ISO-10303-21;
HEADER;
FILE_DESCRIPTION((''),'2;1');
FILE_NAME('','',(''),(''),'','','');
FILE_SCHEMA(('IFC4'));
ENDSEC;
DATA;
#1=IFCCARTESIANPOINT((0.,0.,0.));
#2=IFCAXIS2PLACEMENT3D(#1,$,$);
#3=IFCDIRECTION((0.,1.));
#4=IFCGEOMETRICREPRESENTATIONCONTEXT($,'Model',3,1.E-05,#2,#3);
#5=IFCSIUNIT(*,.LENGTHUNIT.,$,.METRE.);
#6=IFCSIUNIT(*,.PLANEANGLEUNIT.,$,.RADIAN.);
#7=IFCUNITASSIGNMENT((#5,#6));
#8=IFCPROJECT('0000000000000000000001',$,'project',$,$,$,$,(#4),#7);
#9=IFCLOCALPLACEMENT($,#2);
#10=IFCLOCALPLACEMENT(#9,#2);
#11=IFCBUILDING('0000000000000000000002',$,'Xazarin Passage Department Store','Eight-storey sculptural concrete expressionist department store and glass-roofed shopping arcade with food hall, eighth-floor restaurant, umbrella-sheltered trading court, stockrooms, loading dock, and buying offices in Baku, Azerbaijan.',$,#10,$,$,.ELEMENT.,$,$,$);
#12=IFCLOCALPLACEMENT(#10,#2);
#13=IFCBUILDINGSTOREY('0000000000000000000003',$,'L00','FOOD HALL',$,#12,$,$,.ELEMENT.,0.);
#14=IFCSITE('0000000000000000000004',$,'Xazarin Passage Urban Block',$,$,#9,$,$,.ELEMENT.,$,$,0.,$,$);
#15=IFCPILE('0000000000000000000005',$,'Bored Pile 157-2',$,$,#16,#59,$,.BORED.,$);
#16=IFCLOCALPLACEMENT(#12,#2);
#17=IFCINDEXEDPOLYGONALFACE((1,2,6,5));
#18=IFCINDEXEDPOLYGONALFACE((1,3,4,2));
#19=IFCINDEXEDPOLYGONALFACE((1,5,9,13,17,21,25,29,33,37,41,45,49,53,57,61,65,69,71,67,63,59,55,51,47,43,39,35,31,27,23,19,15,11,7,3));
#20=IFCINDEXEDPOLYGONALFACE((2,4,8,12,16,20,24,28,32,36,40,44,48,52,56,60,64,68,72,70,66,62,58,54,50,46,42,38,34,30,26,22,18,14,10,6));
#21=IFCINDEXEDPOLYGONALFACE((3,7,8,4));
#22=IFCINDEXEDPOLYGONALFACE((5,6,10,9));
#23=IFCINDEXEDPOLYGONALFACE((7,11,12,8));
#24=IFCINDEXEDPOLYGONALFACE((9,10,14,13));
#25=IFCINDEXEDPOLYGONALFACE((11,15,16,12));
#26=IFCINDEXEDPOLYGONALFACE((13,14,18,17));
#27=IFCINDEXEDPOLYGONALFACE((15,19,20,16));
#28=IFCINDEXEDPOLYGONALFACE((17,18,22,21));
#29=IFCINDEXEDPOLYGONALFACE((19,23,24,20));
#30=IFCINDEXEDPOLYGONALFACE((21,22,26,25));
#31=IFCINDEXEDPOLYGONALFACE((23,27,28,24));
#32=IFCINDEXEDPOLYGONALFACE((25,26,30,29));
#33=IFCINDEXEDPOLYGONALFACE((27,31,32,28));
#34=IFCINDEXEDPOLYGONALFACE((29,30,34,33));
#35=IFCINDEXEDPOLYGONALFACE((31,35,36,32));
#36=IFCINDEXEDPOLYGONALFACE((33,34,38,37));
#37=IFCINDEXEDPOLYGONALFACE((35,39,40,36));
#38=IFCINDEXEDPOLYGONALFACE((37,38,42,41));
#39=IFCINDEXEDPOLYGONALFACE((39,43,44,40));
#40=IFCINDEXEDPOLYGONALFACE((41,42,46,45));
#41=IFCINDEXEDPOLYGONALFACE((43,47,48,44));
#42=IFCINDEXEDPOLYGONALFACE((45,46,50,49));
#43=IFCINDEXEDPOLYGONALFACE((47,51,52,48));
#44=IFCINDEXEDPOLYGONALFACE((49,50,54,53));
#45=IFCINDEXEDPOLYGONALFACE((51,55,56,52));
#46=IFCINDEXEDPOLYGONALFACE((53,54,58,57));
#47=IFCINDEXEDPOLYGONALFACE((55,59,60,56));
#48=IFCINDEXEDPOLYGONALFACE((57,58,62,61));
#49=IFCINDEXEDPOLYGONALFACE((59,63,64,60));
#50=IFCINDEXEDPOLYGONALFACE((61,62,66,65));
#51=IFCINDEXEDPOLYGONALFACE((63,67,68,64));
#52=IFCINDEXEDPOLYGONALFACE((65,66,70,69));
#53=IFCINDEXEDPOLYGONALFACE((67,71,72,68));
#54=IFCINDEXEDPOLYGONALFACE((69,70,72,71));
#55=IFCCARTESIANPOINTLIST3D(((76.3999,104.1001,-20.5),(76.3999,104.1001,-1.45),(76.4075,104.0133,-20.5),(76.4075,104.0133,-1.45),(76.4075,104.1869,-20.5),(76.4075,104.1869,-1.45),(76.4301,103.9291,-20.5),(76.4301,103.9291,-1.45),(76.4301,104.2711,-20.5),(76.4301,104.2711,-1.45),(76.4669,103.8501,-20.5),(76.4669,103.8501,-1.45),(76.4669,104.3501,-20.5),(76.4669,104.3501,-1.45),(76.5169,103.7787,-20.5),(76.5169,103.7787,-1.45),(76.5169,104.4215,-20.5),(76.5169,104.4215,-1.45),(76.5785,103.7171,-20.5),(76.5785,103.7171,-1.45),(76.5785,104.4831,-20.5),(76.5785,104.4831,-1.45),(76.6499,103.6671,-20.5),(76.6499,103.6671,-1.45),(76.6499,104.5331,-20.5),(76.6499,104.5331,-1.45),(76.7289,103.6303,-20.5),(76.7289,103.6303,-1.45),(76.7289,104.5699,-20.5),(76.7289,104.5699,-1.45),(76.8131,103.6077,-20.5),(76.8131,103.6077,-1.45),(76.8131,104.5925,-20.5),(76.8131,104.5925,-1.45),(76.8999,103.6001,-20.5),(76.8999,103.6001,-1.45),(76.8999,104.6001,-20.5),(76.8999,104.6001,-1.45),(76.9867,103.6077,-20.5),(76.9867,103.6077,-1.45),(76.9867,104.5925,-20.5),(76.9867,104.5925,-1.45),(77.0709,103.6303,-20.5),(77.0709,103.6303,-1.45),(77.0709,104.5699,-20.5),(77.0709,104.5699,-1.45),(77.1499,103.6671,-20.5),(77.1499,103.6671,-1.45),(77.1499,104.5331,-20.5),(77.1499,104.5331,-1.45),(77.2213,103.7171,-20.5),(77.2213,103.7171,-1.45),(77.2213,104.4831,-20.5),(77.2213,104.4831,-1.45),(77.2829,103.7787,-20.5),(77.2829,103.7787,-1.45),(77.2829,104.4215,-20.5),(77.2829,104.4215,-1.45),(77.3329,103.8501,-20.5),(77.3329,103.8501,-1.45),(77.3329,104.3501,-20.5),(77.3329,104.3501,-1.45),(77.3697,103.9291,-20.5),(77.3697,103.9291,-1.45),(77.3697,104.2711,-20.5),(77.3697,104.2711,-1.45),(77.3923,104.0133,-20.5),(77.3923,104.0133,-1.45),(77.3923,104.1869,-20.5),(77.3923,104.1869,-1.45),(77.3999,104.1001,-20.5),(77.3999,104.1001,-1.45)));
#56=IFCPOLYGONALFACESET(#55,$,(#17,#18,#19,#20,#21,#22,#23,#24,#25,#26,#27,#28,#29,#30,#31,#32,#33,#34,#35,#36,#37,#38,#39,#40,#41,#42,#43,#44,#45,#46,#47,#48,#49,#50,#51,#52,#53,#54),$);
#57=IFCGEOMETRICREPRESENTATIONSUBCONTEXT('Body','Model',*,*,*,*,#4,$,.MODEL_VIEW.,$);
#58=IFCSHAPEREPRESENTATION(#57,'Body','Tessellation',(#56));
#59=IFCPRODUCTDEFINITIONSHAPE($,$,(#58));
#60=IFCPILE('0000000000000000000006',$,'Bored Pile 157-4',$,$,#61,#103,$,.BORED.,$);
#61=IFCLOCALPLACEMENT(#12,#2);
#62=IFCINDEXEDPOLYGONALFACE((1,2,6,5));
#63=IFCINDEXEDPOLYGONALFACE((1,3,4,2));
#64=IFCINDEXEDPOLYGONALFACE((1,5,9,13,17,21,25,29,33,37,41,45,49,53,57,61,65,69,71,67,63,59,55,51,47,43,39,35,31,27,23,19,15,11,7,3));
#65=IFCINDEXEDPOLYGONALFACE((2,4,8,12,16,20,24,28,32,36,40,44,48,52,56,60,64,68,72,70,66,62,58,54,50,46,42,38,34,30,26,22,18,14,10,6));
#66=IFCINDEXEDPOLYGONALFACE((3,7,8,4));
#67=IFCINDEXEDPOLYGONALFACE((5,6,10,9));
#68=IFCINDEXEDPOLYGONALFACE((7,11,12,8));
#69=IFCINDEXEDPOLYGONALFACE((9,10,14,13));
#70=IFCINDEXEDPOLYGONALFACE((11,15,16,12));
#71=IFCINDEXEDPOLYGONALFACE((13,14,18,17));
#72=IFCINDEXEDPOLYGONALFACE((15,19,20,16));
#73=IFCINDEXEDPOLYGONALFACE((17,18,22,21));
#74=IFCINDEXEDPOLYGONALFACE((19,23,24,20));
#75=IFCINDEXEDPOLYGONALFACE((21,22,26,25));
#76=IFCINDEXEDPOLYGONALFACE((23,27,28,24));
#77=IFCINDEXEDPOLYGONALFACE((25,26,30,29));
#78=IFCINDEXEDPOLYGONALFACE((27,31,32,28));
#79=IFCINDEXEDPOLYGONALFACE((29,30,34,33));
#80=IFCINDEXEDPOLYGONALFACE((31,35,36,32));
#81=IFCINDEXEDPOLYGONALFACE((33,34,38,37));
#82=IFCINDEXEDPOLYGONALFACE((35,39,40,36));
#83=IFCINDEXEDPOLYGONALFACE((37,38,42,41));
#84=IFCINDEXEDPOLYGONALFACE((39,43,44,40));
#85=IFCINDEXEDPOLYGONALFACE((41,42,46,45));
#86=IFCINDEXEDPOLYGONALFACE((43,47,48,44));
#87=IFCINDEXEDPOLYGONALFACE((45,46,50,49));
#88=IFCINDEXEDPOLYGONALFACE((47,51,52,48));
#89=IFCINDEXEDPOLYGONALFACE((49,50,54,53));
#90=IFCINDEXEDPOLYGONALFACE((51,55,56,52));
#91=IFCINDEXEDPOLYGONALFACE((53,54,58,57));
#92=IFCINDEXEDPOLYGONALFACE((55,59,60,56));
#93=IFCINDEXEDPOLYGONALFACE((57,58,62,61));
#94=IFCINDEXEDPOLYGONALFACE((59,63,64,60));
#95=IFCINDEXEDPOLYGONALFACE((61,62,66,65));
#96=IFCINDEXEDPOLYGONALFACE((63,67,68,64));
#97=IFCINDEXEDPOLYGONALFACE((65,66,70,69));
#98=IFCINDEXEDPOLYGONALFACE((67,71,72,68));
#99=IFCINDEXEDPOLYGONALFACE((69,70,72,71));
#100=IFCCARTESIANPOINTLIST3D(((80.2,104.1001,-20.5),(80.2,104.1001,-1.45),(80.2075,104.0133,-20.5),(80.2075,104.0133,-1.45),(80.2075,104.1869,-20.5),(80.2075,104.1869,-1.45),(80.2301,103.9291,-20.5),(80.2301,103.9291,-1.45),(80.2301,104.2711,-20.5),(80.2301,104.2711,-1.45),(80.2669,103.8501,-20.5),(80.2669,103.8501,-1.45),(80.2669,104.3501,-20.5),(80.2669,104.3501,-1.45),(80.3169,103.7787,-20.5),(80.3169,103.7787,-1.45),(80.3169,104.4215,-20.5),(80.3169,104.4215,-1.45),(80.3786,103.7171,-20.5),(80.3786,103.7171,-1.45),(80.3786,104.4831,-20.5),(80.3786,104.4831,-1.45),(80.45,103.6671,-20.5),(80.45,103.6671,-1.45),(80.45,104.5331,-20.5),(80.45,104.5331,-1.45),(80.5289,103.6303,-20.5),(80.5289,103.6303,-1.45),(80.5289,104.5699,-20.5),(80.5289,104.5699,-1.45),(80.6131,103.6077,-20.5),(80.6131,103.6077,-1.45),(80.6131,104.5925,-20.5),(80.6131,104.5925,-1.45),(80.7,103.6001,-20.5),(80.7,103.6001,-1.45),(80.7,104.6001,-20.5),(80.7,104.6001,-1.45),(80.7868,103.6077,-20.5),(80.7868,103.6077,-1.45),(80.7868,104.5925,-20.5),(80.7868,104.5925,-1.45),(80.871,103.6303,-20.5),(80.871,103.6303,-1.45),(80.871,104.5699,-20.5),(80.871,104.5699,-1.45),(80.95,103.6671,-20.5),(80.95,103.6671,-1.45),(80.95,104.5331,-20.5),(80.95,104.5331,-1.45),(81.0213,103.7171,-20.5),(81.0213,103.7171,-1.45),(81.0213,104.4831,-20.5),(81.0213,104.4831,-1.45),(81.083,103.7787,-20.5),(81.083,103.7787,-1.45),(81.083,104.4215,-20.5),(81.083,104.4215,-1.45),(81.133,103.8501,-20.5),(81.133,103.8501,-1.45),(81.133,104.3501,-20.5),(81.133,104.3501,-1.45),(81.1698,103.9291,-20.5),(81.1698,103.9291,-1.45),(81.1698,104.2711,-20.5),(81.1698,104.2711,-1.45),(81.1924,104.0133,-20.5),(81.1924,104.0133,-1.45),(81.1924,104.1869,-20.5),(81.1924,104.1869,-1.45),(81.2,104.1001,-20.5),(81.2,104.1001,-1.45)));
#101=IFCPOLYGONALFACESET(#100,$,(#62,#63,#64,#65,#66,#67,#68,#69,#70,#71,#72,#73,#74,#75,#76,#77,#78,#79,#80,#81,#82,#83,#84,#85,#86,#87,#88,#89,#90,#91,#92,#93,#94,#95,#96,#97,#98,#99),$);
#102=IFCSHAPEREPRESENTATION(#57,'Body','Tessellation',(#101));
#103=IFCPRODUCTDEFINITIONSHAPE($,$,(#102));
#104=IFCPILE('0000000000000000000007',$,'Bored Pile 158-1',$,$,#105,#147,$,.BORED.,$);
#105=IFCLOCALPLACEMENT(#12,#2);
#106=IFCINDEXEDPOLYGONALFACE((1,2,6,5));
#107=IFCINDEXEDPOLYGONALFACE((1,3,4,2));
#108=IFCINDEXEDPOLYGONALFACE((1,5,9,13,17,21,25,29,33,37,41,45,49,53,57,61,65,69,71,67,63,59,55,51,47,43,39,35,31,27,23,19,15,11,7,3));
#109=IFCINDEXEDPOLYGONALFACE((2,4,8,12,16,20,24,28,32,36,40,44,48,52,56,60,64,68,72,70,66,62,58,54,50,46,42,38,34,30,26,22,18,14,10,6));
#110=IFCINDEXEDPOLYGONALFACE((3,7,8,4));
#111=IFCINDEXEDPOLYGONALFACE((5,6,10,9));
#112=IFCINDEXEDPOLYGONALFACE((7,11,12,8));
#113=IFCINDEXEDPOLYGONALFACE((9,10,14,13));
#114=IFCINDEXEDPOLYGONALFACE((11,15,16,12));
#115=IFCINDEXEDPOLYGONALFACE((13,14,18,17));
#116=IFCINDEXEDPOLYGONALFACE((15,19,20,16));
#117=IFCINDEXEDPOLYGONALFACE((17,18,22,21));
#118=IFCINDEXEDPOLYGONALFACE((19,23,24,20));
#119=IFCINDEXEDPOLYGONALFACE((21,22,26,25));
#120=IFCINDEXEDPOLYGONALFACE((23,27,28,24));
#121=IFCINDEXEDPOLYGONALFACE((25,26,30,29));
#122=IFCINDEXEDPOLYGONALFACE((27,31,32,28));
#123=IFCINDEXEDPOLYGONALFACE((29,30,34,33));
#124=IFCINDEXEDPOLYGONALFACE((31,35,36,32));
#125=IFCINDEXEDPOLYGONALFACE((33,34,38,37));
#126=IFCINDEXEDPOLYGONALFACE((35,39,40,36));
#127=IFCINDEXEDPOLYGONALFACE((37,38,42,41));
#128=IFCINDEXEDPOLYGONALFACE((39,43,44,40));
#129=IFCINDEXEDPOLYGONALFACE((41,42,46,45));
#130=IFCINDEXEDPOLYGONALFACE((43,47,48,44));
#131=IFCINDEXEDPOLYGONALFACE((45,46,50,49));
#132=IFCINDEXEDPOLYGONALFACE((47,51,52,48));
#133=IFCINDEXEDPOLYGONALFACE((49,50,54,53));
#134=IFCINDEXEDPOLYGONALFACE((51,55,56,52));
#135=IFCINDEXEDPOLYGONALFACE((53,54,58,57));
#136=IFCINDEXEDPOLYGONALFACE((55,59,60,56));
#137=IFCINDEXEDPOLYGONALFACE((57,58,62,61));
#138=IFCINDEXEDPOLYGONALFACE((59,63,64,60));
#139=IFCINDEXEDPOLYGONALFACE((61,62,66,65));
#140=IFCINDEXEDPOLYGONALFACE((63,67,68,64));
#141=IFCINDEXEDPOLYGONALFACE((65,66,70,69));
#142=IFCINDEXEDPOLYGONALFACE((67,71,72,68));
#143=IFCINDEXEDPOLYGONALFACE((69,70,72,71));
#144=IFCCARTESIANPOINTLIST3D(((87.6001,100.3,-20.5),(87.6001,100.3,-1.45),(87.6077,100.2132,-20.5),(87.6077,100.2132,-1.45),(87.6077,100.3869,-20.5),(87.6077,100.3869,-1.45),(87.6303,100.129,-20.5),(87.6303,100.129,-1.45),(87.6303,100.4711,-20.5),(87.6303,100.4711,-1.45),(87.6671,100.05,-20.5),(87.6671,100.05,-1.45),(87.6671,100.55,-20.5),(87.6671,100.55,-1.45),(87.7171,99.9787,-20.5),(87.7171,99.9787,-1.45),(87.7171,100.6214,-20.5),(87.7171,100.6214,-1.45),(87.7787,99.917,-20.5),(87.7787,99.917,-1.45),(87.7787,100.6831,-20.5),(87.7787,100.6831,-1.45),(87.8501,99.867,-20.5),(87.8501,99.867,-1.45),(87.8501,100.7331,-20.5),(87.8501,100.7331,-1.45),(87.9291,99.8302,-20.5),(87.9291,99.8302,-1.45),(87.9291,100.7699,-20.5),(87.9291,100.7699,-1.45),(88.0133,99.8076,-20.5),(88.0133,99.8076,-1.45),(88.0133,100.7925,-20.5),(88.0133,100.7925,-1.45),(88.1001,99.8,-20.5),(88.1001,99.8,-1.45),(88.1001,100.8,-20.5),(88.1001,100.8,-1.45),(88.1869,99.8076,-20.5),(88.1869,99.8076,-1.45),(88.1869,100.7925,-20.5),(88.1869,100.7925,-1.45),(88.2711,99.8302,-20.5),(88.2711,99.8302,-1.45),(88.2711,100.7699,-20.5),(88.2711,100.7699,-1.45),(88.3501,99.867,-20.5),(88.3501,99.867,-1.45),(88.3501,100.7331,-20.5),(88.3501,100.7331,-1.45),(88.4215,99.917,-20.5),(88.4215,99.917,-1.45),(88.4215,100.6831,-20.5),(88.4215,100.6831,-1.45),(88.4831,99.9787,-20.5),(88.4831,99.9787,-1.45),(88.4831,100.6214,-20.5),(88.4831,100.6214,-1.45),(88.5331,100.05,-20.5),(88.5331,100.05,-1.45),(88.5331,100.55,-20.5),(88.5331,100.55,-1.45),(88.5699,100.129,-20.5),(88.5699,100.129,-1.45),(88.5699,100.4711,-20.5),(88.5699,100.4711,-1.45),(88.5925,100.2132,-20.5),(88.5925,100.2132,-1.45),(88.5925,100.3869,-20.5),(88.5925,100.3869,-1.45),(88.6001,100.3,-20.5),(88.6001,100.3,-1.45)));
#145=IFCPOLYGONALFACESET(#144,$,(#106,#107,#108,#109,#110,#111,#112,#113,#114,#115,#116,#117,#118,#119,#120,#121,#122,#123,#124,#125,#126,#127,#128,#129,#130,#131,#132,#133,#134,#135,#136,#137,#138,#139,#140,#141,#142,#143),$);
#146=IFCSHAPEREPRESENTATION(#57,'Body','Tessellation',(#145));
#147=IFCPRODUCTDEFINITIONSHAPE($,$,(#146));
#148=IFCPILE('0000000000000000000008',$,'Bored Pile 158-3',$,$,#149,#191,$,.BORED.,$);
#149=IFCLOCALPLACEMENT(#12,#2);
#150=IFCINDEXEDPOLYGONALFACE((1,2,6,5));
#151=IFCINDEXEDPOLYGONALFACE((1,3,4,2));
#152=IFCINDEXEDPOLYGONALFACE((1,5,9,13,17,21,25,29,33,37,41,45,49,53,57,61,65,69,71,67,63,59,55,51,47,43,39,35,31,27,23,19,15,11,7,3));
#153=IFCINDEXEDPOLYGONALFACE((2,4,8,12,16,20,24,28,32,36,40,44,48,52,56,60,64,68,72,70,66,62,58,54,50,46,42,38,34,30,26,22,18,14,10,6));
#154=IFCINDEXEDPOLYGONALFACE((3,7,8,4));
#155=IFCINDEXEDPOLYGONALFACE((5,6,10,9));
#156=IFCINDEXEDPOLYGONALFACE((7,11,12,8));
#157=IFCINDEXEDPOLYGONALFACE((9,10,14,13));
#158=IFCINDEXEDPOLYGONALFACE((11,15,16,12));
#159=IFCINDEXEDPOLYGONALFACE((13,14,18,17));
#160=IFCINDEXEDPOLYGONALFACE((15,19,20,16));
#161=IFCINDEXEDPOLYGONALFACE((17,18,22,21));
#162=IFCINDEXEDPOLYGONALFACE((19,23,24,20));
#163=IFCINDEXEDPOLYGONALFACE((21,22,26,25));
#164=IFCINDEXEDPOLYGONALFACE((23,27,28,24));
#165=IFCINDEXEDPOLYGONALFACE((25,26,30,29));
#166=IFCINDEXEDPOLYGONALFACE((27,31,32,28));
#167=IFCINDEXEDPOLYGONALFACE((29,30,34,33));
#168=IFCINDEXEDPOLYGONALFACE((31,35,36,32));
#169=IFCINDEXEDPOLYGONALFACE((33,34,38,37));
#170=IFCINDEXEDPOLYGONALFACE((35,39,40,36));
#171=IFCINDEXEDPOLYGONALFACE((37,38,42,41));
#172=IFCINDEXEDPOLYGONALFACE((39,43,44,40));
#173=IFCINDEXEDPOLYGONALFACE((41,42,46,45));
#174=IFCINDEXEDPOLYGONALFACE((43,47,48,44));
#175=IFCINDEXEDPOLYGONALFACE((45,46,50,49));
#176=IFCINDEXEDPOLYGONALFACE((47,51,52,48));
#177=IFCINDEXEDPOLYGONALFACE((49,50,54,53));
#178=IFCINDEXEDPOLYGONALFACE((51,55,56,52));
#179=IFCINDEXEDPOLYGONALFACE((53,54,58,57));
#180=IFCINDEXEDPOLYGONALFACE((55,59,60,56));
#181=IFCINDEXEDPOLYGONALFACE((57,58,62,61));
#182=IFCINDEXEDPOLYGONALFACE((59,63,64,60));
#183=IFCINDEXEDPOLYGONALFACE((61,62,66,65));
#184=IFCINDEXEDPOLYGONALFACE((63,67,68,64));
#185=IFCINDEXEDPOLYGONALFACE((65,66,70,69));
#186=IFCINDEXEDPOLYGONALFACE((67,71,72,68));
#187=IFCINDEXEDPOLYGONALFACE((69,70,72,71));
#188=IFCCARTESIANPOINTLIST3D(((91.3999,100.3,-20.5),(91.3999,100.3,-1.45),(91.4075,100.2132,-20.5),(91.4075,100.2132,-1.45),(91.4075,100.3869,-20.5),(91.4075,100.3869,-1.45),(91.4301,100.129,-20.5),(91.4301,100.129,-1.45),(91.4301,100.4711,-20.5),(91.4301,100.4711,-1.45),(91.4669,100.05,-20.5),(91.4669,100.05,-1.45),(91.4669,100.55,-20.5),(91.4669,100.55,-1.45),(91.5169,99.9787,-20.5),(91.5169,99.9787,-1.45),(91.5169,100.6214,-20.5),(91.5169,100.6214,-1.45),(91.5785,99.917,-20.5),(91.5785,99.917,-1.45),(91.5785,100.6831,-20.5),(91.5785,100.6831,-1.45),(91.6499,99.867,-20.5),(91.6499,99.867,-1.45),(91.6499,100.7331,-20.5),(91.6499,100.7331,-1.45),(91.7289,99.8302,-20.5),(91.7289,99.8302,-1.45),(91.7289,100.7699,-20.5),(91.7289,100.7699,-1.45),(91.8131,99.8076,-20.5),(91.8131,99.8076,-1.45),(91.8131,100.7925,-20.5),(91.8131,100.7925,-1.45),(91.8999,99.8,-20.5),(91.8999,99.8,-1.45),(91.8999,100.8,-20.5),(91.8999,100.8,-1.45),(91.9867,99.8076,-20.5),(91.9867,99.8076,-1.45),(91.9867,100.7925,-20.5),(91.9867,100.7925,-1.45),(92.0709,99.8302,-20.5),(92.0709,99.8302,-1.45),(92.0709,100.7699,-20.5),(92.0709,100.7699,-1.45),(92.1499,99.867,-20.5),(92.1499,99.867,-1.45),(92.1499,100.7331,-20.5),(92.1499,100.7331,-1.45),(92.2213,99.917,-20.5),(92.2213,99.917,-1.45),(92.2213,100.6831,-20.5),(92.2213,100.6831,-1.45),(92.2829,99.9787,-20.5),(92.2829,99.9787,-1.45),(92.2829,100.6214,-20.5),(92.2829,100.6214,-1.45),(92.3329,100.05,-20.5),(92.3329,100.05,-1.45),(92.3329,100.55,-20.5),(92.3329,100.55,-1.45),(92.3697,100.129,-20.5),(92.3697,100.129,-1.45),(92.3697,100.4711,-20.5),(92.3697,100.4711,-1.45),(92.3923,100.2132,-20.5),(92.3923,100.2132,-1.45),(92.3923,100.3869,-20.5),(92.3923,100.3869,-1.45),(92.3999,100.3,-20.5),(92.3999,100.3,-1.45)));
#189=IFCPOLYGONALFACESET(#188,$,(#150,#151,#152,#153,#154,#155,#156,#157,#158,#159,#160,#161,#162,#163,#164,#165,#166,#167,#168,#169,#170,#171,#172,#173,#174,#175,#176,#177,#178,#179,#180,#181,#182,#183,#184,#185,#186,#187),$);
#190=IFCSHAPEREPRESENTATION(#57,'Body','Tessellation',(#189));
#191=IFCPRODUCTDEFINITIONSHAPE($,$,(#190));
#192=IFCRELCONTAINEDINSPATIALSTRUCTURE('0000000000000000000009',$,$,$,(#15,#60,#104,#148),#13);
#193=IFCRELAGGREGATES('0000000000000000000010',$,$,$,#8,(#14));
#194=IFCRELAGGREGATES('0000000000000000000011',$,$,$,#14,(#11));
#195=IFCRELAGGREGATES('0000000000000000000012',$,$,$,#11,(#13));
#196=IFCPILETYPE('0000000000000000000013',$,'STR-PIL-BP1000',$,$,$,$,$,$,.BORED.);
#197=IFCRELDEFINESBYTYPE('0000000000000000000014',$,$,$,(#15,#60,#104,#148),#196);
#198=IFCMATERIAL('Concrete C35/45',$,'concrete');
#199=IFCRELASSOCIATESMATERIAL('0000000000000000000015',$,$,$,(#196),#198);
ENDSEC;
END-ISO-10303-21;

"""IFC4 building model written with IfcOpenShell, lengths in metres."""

from ifc_helpers import new_model, si_unit, direction, frame, origin, origin_2d, place, context, subcontext, project, spatial, circle, extrude, material, material_profile, profile_set, type_object, element, save


model = new_model("IFC4")

# Units and contexts
model_context = context("Model", 3, precision=1e-05, world=origin(), true_north=direction((0.0, 1.0)))
body_context = subcontext(model_context, "Body", "Model", "MODEL_VIEW")
ifc_project = project(units=[si_unit("LENGTHUNIT", "METRE"), si_unit("PLANEANGLEUNIT", "RADIAN")], contexts=[model_context])

# Site, building, storey
site_placement = place(None, origin())
site = spatial("IfcSite", under=ifc_project, at=site_placement, Name="Xazarin Passage Urban Block", CompositionType="ELEMENT", RefElevation=0.0)
building_placement = place(site_placement, origin())
building = spatial("IfcBuilding", under=site, at=building_placement, Name="Xazarin Passage Department Store", Description="Eight-storey sculptural concrete expressionist department store and glass-roofed shopping arcade with food hall, eighth-floor restaurant, umbrella-sheltered trading court, stockrooms, loading dock, and buying offices in Baku, Azerbaijan.", CompositionType="ELEMENT")
storey_placement = place(building_placement, origin())
storey = spatial("IfcBuildingStorey", under=building, at=storey_placement, Name="L00", Description="FOOD HALL", CompositionType="ELEMENT", Elevation=0.0)

# Shared definitions
ifc_material_1 = material(Name="Concrete C35/45", Category="concrete")

# Piles
ifc_material_profile_1 = material_profile(ifc_material_1, circle(Radius=0.5, at=origin_2d()), Name="BP 1000")
ifc_profile_set_1 = profile_set([ifc_material_profile_1], Name="Concrete C35/45")
pile_type_1 = type_object("IfcPileType", Name="STR-PIL-BP1000", PredefinedType="BORED", material=ifc_profile_set_1)
for number, where, z_axis, x_axis, name in (
    (1, (76.8999, 104.1001, -1.45), (0.0, 0.0, -1.0), (1.0, 0.0, 0.0), "Bored Pile 157-2"),
    (2, (80.7, 104.1001, -1.45), (0.0, 0.0, -1.0), (1.0, 0.0, 0.0), "Bored Pile 157-4"),
    (3, (88.1001, 100.3, -1.45), (0.0, 0.0, -1.0), (1.0, 0.0, 0.0), "Bored Pile 158-1"),
    (4, (91.8999, 100.3, -1.45), (0.0, 0.0, -1.0), (1.0, 0.0, 0.0), "Bored Pile 158-3"),
):
    element("IfcPile", number, at=place(storey_placement, frame(where, z_axis=z_axis, x_axis=x_axis)), inside=storey, type_object=pile_type_1, Name=name, PredefinedType="BORED", context=body_context, shape_type="SweptSolid", body=[
        extrude(circle(Radius=0.5, at=origin_2d()), origin(), (0.0, 0.0, 1.0), 19.05),
    ])

save(model, "model.ifc")
